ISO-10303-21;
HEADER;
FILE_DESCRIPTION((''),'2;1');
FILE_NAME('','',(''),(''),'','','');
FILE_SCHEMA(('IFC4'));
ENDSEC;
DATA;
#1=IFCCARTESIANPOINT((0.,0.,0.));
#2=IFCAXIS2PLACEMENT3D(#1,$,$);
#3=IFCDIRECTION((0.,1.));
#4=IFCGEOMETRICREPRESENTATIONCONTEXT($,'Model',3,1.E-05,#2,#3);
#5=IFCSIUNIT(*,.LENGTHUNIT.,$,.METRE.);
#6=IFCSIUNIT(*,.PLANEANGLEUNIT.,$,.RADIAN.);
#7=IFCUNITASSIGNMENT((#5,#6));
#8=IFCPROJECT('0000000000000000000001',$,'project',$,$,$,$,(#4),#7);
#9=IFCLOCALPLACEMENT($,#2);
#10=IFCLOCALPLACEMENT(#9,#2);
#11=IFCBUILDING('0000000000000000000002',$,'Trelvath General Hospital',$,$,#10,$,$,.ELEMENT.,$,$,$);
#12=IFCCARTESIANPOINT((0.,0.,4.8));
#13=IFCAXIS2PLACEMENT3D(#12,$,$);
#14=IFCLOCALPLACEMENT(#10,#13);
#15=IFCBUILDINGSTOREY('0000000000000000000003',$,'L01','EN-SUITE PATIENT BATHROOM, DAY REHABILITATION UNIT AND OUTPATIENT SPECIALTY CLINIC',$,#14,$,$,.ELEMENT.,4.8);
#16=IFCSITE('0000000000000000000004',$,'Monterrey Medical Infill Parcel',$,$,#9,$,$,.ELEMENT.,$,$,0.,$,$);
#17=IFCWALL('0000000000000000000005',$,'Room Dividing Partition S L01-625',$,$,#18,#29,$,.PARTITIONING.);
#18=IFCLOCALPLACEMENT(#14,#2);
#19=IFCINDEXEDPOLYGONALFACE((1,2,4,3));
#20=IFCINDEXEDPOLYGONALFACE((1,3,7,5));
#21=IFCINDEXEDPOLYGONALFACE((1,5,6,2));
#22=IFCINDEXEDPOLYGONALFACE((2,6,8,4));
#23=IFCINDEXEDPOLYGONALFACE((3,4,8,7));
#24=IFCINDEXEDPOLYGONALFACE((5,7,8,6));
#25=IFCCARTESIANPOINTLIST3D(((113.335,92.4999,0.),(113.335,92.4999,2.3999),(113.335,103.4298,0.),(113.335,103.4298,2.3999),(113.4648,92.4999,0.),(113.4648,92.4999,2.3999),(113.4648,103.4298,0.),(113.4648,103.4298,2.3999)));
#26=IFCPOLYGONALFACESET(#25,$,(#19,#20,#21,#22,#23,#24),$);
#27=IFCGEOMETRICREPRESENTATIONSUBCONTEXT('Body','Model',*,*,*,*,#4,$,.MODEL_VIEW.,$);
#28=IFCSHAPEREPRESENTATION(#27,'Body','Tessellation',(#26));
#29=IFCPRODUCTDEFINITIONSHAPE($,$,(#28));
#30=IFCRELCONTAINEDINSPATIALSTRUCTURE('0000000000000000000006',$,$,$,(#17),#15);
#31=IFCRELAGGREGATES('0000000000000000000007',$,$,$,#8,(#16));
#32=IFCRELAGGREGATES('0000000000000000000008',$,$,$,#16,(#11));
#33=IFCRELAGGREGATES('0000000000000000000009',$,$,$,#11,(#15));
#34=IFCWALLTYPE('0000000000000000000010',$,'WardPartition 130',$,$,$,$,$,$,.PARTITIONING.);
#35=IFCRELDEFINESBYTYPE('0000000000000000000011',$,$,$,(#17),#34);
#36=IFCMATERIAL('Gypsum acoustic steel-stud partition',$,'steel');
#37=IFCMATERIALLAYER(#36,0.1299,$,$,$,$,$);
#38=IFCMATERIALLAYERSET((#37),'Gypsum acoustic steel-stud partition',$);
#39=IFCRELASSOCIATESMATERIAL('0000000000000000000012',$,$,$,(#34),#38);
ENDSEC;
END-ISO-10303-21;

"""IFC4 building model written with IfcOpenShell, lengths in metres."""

from ifc_helpers import new_model, si_unit, direction, frame, frame_2d, origin, place, context, subcontext, project, spatial, rectangle, extrude, material, layer, layer_set, type_object, element, save


model = new_model("IFC4")

# Units and contexts
model_context = context("Model", 3, precision=1e-05, world=origin(), true_north=direction((0.0, 1.0)))
body_context = subcontext(model_context, "Body", "Model", "MODEL_VIEW")
ifc_project = project(units=[si_unit("LENGTHUNIT", "METRE"), si_unit("PLANEANGLEUNIT", "RADIAN")], contexts=[model_context])

# Site, building, storey
site_placement = place(None, origin())
site = spatial("IfcSite", under=ifc_project, at=site_placement, Name="Monterrey Medical Infill Parcel", CompositionType="ELEMENT", RefElevation=0.0)
building_placement = place(site_placement, origin())
building = spatial("IfcBuilding", under=site, at=building_placement, Name="Trelvath General Hospital", CompositionType="ELEMENT")
storey_placement = place(building_placement, frame((0.0, 0.0, 4.8)))
storey = spatial("IfcBuildingStorey", under=building, at=storey_placement, Name="L01", Description="EN-SUITE PATIENT BATHROOM, DAY REHABILITATION UNIT AND OUTPATIENT SPECIALTY CLINIC", CompositionType="ELEMENT", Elevation=4.8)

# Wall
ifc_material_1 = material(Name="Gypsum acoustic steel-stud partition", Category="steel")
ifc_layer_1 = layer(ifc_material_1, 0.1299)
ifc_layer_set_1 = layer_set([ifc_layer_1], Name="Gypsum acoustic steel-stud partition")
wall_type_1 = type_object("IfcWallType", Name="WardPartition 130", PredefinedType="PARTITIONING", material=ifc_layer_set_1)
wall_1_placement = place(storey_placement, frame((113.3999, 92.5, 0.0), z_axis=(0.0, 0.0, 1.0), x_axis=(0.0, 1.0, 0.0)))
element("IfcWall", 1, at=wall_1_placement, inside=storey, type_object=wall_type_1, Name="Room Dividing Partition S L01-625", PredefinedType="PARTITIONING", context=body_context, shape_type="SweptSolid", body=[
    extrude(rectangle(XDim=10.9299, YDim=0.1299, at=frame_2d((5.4648, 0.0))), origin(), (0.0, 0.0, 1.0), 2.3999),
])

save(model, "model.ifc")
